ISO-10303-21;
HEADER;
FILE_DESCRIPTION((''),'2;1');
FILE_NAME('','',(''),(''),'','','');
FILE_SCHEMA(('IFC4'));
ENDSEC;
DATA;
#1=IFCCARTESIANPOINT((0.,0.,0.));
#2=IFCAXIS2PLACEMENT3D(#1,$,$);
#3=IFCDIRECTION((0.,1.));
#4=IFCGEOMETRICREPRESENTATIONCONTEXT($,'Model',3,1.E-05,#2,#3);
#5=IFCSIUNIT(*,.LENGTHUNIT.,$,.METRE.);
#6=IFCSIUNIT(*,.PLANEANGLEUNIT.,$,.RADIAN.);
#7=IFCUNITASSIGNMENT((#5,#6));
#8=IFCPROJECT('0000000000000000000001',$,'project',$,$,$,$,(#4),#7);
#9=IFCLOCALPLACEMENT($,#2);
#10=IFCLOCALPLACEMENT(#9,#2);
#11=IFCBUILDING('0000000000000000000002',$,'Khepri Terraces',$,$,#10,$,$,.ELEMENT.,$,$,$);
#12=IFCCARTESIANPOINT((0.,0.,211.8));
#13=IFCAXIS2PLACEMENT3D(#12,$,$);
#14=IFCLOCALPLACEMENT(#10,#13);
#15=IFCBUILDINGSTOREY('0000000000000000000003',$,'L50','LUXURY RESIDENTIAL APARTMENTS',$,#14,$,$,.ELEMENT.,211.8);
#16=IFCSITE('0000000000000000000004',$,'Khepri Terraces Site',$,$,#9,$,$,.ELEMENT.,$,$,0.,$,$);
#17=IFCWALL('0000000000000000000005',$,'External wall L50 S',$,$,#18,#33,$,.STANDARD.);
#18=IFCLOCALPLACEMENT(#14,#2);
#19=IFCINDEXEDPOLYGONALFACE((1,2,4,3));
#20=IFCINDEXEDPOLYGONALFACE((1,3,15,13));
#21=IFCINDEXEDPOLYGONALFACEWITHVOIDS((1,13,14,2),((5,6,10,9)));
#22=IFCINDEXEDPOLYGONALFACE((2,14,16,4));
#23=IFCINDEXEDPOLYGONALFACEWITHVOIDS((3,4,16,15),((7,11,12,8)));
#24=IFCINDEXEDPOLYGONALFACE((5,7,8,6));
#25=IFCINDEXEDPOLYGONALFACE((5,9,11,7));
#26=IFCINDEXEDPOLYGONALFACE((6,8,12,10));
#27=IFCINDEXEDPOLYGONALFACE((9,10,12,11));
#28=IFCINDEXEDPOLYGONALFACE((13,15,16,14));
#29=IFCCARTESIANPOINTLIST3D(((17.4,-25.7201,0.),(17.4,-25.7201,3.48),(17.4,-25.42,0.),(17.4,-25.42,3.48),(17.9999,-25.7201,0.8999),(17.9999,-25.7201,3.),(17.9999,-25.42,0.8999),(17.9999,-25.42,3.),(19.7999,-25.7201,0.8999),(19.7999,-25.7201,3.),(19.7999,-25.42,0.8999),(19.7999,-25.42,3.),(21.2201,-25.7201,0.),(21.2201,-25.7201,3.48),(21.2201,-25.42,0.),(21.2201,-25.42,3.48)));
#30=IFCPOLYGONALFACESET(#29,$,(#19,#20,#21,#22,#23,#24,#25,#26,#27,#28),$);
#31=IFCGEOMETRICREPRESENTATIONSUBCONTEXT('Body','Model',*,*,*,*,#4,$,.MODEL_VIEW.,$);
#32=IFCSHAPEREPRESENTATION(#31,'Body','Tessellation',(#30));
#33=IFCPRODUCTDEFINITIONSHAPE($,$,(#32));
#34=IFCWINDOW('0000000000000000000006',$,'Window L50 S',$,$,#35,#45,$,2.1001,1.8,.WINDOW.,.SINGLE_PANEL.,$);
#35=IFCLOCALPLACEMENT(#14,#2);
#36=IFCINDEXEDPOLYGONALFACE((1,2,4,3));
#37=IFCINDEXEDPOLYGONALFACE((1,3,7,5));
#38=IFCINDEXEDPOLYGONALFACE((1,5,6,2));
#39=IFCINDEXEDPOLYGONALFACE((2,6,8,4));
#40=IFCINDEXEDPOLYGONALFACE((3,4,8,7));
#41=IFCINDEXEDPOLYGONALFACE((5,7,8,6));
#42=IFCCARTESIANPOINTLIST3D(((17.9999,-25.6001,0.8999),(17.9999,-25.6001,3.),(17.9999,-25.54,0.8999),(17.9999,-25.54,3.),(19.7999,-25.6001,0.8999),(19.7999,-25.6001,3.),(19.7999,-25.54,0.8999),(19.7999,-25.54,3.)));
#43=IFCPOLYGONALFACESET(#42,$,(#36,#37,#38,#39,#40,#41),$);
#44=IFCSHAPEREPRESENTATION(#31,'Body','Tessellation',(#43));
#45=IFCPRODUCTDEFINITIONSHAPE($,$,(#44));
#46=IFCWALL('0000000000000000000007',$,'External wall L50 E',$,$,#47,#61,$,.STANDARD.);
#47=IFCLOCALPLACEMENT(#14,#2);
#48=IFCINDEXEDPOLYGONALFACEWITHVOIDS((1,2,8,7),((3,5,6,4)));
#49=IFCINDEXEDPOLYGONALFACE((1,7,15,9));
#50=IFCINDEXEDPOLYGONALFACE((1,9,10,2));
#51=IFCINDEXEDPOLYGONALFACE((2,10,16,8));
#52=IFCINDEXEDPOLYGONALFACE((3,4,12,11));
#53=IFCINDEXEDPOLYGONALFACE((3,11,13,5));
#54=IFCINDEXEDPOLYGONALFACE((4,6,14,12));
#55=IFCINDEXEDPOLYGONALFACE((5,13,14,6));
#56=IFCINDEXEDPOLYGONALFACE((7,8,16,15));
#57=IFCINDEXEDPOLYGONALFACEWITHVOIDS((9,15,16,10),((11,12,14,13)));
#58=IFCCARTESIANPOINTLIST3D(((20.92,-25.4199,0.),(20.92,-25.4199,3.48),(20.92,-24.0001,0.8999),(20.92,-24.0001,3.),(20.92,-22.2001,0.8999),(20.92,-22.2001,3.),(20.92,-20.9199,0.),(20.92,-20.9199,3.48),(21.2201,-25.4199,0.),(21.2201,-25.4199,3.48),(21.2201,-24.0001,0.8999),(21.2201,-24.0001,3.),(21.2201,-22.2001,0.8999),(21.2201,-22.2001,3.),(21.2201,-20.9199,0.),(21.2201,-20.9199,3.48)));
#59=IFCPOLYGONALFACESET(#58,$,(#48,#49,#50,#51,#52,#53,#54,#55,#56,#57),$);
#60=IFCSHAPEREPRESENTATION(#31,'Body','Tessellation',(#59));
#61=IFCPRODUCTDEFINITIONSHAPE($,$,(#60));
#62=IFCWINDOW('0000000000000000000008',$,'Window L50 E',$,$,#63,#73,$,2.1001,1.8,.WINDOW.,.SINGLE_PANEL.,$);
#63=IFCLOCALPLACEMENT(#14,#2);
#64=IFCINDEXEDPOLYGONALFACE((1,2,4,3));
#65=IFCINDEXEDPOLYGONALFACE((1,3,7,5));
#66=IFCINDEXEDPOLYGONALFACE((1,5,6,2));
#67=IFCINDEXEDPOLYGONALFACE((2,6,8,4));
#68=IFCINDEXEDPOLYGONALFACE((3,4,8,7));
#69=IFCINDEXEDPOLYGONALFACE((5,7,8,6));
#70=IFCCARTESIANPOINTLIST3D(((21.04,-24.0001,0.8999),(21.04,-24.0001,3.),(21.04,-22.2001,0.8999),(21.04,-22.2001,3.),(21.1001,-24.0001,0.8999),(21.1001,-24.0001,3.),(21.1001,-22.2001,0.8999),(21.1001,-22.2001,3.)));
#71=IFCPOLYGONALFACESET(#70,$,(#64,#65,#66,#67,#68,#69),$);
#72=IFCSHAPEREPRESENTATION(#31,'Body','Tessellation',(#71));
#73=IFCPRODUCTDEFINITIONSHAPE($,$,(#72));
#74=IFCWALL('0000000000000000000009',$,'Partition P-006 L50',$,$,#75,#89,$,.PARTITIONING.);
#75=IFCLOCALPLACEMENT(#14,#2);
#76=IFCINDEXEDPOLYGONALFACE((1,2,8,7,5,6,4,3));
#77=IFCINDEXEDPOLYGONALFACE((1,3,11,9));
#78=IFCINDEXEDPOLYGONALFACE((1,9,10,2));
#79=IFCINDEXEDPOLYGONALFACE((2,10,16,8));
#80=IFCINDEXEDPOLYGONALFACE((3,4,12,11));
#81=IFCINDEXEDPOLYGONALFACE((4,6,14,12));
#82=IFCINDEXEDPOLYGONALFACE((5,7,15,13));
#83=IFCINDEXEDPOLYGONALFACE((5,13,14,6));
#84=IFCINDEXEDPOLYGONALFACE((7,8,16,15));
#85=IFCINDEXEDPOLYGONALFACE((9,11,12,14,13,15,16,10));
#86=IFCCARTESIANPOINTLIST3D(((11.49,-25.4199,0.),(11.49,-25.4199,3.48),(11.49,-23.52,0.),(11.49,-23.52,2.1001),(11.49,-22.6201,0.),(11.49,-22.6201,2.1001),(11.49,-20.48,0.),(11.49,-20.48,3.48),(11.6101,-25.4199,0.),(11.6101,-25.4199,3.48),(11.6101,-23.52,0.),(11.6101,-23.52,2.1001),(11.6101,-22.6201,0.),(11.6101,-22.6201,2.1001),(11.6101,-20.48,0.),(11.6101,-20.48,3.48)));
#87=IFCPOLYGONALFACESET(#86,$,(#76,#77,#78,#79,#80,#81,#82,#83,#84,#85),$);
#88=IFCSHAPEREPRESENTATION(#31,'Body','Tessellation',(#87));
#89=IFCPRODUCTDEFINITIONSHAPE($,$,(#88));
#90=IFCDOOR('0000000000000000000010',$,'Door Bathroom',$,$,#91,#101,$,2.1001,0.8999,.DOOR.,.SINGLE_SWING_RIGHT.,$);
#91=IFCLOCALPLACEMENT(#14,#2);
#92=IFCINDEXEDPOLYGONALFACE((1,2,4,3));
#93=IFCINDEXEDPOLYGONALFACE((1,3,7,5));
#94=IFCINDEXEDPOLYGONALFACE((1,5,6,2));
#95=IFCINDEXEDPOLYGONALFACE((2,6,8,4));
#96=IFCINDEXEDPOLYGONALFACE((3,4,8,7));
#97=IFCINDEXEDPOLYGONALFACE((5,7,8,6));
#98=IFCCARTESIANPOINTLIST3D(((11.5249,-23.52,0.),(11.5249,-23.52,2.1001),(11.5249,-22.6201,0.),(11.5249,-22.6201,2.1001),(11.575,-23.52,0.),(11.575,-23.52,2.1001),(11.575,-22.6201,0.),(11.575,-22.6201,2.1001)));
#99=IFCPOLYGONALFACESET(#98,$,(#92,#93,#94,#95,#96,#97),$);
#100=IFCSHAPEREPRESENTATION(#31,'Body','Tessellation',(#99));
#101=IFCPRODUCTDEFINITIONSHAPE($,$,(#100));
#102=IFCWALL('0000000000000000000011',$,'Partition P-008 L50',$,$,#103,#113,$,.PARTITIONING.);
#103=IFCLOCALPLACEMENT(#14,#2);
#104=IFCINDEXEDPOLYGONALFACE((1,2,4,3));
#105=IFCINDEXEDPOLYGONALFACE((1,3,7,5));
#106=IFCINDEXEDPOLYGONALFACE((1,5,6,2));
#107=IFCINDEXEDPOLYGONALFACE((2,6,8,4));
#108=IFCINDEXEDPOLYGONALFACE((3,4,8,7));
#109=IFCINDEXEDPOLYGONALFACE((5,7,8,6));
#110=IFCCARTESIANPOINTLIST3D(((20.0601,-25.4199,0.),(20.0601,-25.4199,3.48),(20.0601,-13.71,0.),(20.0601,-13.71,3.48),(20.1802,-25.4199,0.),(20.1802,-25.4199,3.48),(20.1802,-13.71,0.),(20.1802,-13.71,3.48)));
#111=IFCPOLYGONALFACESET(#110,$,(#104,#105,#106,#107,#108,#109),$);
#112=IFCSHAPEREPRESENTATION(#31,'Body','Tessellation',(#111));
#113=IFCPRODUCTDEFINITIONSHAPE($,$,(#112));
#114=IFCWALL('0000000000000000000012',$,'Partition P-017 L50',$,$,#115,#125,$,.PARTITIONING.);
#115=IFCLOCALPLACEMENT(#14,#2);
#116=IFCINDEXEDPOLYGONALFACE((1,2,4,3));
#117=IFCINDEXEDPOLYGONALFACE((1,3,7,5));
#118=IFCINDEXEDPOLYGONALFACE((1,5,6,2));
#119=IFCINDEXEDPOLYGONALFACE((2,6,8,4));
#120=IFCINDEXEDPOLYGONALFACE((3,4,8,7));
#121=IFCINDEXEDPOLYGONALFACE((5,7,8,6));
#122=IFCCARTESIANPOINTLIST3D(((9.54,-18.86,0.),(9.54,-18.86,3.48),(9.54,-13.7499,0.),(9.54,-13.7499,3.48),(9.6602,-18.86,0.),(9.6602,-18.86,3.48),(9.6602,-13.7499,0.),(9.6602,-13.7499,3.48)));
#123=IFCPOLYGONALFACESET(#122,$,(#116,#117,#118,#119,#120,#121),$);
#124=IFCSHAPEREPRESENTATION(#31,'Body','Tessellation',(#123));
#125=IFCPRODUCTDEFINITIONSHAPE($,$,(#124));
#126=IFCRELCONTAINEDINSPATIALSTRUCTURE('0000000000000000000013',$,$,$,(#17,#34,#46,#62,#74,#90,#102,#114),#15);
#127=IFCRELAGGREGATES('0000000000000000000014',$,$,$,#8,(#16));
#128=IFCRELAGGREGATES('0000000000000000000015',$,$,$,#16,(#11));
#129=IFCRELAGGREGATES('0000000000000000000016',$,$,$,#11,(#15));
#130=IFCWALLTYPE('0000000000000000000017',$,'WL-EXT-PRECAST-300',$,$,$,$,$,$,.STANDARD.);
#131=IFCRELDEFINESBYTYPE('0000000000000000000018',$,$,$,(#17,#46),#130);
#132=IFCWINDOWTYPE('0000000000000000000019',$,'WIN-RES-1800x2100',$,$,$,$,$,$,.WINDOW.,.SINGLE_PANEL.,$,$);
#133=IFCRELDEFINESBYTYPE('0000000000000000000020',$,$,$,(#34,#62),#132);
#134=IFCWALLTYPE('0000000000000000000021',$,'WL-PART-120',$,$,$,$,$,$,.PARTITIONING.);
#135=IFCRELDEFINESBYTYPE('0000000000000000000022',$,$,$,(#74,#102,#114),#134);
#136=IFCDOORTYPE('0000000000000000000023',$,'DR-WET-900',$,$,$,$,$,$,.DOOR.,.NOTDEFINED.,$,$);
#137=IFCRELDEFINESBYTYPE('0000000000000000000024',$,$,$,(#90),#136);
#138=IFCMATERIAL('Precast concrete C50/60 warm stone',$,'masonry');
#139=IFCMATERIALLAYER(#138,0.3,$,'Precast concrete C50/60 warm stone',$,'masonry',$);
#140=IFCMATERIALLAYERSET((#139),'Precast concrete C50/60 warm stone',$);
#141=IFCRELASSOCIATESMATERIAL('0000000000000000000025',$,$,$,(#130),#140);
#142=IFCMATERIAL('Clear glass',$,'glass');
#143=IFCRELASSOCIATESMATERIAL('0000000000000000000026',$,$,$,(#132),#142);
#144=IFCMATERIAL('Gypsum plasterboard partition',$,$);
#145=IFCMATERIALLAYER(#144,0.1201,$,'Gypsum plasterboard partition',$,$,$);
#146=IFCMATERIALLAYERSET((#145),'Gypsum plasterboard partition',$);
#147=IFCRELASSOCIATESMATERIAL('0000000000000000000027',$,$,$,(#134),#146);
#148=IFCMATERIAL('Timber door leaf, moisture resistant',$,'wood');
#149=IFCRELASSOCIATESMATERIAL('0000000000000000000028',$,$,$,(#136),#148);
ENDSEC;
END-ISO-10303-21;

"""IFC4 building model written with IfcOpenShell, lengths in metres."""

from ifc_helpers import new_model, si_unit, direction, frame, frame_2d, origin, place, context, subcontext, project, spatial, rectangle, extrude, material, layer, layer_set, type_object, element, fill, save


model = new_model("IFC4")

# Units and contexts
model_context = context("Model", 3, precision=1e-05, world=origin(), true_north=direction((0.0, 1.0)))
body_context = subcontext(model_context, "Body", "Model", "MODEL_VIEW")
ifc_project = project(units=[si_unit("LENGTHUNIT", "METRE"), si_unit("PLANEANGLEUNIT", "RADIAN")], contexts=[model_context])

# Site, building, storey
site_placement = place(None, origin())
site = spatial("IfcSite", under=ifc_project, at=site_placement, Name="Khepri Terraces Site", CompositionType="ELEMENT", RefElevation=0.0)
building_placement = place(site_placement, origin())
building = spatial("IfcBuilding", under=site, at=building_placement, Name="Khepri Terraces", CompositionType="ELEMENT")
storey_placement = place(building_placement, frame((0.0, 0.0, 211.8)))
storey = spatial("IfcBuildingStorey", under=building, at=storey_placement, Name="L50", Description="LUXURY RESIDENTIAL APARTMENTS", CompositionType="ELEMENT", Elevation=211.8)

# Shared definitions
ifc_material_1 = material(Name="Precast concrete C50/60 warm stone", Category="masonry")
ifc_layer_1 = layer(ifc_material_1, 0.3, Name="Precast concrete C50/60 warm stone", Category="masonry")
ifc_layer_set_1 = layer_set([ifc_layer_1], Name="Precast concrete C50/60 warm stone")
wall_type_1 = type_object("IfcWallType", Name="WL-EXT-PRECAST-300", PredefinedType="STANDARD", material=ifc_layer_set_1)
ifc_material_2 = material(Name="Clear glass", Category="glass")
window_type = type_object("IfcWindowType", Name="WIN-RES-1800x2100", PartitioningType="SINGLE_PANEL", PredefinedType="WINDOW", material=ifc_material_2)

# Walls, openings, windows
wall_1_placement = place(storey_placement, frame((17.3999, -25.5701, 0.0), z_axis=(0.0, 0.0, 1.0), x_axis=(1.0, 0.0, 0.0)))
wall_1 = element("IfcWall", 1, at=wall_1_placement, inside=storey, type_object=wall_type_1, Name="External wall L50 S", PredefinedType="STANDARD", context=body_context, shape_type="SweptSolid", body=[
    extrude(rectangle(XDim=3.8201, YDim=0.3, at=frame_2d((1.9102, 0.0))), origin(), (0.0, 0.0, 1.0), 3.48),
])
opening_1_placement = place(wall_1_placement, frame((0.6001, 0.0, 0.8999)))
opening_1 = element("IfcOpeningElement", 2, at=opening_1_placement, cuts=wall_1, PredefinedType="OPENING", context=body_context, shape_type="SweptSolid", body=[
    extrude(rectangle(XDim=1.8, YDim=2.1001, at=frame_2d((0.8999, 1.05))), frame((0.0, 0.1602, 0.0), z_axis=(0.0, -1.0, 0.0), x_axis=(1.0, 0.0, 0.0)), (0.0, 0.0, 1.0), 0.3201),
])
window_1_placement = place(opening_1_placement, origin())
window_1 = element("IfcWindow", 3, at=window_1_placement, inside=storey, type_object=window_type, Name="Window L50 S", OverallHeight=2.1001, OverallWidth=1.8, PartitioningType="SINGLE_PANEL", PredefinedType="WINDOW", context=body_context, shape_type="SweptSolid", body=[
    extrude(rectangle(XDim=1.8, YDim=2.1001, at=frame_2d((0.8999, 1.05))), frame((0.0, 0.03, 0.0), z_axis=(0.0, -1.0, 0.0), x_axis=(1.0, 0.0, 0.0)), (0.0, 0.0, 1.0), 0.0601),
])
fill(opening_1, window_1)
wall_2_placement = place(storey_placement, frame((21.0701, -25.4199, 0.0), z_axis=(0.0, 0.0, 1.0), x_axis=(0.0, 1.0, 0.0)))
wall_2 = element("IfcWall", 4, at=wall_2_placement, inside=storey, type_object=wall_type_1, Name="External wall L50 E", PredefinedType="STANDARD", context=body_context, shape_type="SweptSolid", body=[
    extrude(rectangle(XDim=4.5, YDim=0.3, at=frame_2d((2.25, 0.0))), origin(), (0.0, 0.0, 1.0), 3.48),
])
opening_2_placement = place(wall_2_placement, frame((1.4199, 0.0, 0.8999)))
opening_2 = element("IfcOpeningElement", 5, at=opening_2_placement, cuts=wall_2, PredefinedType="OPENING", context=body_context, shape_type="SweptSolid", body=[
    extrude(rectangle(XDim=1.8, YDim=2.1001, at=frame_2d((0.8999, 1.05))), frame((0.0, 0.1602, 0.0), z_axis=(0.0, -1.0, 0.0), x_axis=(1.0, 0.0, 0.0)), (0.0, 0.0, 1.0), 0.3201),
])
window_2_placement = place(opening_2_placement, origin())
window_2 = element("IfcWindow", 6, at=window_2_placement, inside=storey, type_object=window_type, Name="Window L50 E", OverallHeight=2.1001, OverallWidth=1.8, PartitioningType="SINGLE_PANEL", PredefinedType="WINDOW", context=body_context, shape_type="SweptSolid", body=[
    extrude(rectangle(XDim=1.8, YDim=2.1001, at=frame_2d((0.8999, 1.05))), frame((0.0, 0.03, 0.0), z_axis=(0.0, -1.0, 0.0), x_axis=(1.0, 0.0, 0.0)), (0.0, 0.0, 1.0), 0.0601),
])
fill(opening_2, window_2)

# Wall, opening, door
ifc_material_3 = material(Name="Gypsum plasterboard partition")
ifc_layer_2 = layer(ifc_material_3, 0.1201, Name="Gypsum plasterboard partition")
ifc_layer_set_2 = layer_set([ifc_layer_2], Name="Gypsum plasterboard partition")
wall_type_2 = type_object("IfcWallType", Name="WL-PART-120", PredefinedType="PARTITIONING", material=ifc_layer_set_2)
wall_3_placement = place(storey_placement, frame((11.55, -25.4199, 0.0), z_axis=(0.0, 0.0, 1.0), x_axis=(0.0, 1.0, 0.0)))
wall_3 = element("IfcWall", 7, at=wall_3_placement, inside=storey, type_object=wall_type_2, Name="Partition P-006 L50", PredefinedType="PARTITIONING", context=body_context, shape_type="SweptSolid", body=[
    extrude(rectangle(XDim=4.9399, YDim=0.1201, at=frame_2d((2.47, 0.0))), origin(), (0.0, 0.0, 1.0), 3.48),
])
opening_3_placement = place(wall_3_placement, frame((1.8999, 0.0, 0.0)))
opening_3 = element("IfcOpeningElement", 8, at=opening_3_placement, cuts=wall_3, PredefinedType="OPENING", context=body_context, shape_type="SweptSolid", body=[
    extrude(rectangle(XDim=0.8999, YDim=2.1001, at=frame_2d((0.45, 1.05))), frame((0.0, 0.0701, 0.0), z_axis=(0.0, -1.0, 0.0), x_axis=(1.0, 0.0, 0.0)), (0.0, 0.0, 1.0), 0.1401),
])
ifc_material_4 = material(Name="Timber door leaf, moisture resistant", Category="wood")
door_type_1 = type_object("IfcDoorType", Name="DR-WET-900", OperationType="NOTDEFINED", PredefinedType="DOOR", material=ifc_material_4)
door_1_placement = place(opening_3_placement, frame((0.8999, 0.0, 0.0), z_axis=(0.0, 0.0, 1.0), x_axis=(-1.0, 0.0, 0.0)))
door_1 = element("IfcDoor", 9, at=door_1_placement, inside=storey, type_object=door_type_1, Name="Door Bathroom", OperationType="SINGLE_SWING_RIGHT", OverallHeight=2.1001, OverallWidth=0.8999, PredefinedType="DOOR", context=body_context, shape_type="SweptSolid", body=[
    extrude(rectangle(XDim=0.8999, YDim=2.1001, at=frame_2d((0.45, 1.05))), frame((0.0, 0.0249, 0.0), z_axis=(0.0, -1.0, 0.0), x_axis=(1.0, 0.0, 0.0)), (0.0, 0.0, 1.0), 0.05),
])
fill(opening_3, door_1)

# Walls
wall_4_placement = place(storey_placement, frame((20.1201, -25.4199, 0.0), z_axis=(0.0, 0.0, 1.0), x_axis=(0.0, 1.0, 0.0)))
element("IfcWall", 10, at=wall_4_placement, inside=storey, type_object=wall_type_2, Name="Partition P-008 L50", PredefinedType="PARTITIONING", context=body_context, shape_type="SweptSolid", body=[
    extrude(rectangle(XDim=11.71, YDim=0.1201, at=frame_2d((5.855, 0.0))), origin(), (0.0, 0.0, 1.0), 3.48),
])
wall_5_placement = place(storey_placement, frame((9.6001, -18.8601, 0.0), z_axis=(0.0, 0.0, 1.0), x_axis=(0.0, 1.0, 0.0)))
element("IfcWall", 11, at=wall_5_placement, inside=storey, type_object=wall_type_2, Name="Partition P-017 L50", PredefinedType="PARTITIONING", context=body_context, shape_type="SweptSolid", body=[
    extrude(rectangle(XDim=5.1101, YDim=0.1201, at=frame_2d((2.5552, 0.0))), origin(), (0.0, 0.0, 1.0), 3.48),
])

save(model, "model.ifc")
